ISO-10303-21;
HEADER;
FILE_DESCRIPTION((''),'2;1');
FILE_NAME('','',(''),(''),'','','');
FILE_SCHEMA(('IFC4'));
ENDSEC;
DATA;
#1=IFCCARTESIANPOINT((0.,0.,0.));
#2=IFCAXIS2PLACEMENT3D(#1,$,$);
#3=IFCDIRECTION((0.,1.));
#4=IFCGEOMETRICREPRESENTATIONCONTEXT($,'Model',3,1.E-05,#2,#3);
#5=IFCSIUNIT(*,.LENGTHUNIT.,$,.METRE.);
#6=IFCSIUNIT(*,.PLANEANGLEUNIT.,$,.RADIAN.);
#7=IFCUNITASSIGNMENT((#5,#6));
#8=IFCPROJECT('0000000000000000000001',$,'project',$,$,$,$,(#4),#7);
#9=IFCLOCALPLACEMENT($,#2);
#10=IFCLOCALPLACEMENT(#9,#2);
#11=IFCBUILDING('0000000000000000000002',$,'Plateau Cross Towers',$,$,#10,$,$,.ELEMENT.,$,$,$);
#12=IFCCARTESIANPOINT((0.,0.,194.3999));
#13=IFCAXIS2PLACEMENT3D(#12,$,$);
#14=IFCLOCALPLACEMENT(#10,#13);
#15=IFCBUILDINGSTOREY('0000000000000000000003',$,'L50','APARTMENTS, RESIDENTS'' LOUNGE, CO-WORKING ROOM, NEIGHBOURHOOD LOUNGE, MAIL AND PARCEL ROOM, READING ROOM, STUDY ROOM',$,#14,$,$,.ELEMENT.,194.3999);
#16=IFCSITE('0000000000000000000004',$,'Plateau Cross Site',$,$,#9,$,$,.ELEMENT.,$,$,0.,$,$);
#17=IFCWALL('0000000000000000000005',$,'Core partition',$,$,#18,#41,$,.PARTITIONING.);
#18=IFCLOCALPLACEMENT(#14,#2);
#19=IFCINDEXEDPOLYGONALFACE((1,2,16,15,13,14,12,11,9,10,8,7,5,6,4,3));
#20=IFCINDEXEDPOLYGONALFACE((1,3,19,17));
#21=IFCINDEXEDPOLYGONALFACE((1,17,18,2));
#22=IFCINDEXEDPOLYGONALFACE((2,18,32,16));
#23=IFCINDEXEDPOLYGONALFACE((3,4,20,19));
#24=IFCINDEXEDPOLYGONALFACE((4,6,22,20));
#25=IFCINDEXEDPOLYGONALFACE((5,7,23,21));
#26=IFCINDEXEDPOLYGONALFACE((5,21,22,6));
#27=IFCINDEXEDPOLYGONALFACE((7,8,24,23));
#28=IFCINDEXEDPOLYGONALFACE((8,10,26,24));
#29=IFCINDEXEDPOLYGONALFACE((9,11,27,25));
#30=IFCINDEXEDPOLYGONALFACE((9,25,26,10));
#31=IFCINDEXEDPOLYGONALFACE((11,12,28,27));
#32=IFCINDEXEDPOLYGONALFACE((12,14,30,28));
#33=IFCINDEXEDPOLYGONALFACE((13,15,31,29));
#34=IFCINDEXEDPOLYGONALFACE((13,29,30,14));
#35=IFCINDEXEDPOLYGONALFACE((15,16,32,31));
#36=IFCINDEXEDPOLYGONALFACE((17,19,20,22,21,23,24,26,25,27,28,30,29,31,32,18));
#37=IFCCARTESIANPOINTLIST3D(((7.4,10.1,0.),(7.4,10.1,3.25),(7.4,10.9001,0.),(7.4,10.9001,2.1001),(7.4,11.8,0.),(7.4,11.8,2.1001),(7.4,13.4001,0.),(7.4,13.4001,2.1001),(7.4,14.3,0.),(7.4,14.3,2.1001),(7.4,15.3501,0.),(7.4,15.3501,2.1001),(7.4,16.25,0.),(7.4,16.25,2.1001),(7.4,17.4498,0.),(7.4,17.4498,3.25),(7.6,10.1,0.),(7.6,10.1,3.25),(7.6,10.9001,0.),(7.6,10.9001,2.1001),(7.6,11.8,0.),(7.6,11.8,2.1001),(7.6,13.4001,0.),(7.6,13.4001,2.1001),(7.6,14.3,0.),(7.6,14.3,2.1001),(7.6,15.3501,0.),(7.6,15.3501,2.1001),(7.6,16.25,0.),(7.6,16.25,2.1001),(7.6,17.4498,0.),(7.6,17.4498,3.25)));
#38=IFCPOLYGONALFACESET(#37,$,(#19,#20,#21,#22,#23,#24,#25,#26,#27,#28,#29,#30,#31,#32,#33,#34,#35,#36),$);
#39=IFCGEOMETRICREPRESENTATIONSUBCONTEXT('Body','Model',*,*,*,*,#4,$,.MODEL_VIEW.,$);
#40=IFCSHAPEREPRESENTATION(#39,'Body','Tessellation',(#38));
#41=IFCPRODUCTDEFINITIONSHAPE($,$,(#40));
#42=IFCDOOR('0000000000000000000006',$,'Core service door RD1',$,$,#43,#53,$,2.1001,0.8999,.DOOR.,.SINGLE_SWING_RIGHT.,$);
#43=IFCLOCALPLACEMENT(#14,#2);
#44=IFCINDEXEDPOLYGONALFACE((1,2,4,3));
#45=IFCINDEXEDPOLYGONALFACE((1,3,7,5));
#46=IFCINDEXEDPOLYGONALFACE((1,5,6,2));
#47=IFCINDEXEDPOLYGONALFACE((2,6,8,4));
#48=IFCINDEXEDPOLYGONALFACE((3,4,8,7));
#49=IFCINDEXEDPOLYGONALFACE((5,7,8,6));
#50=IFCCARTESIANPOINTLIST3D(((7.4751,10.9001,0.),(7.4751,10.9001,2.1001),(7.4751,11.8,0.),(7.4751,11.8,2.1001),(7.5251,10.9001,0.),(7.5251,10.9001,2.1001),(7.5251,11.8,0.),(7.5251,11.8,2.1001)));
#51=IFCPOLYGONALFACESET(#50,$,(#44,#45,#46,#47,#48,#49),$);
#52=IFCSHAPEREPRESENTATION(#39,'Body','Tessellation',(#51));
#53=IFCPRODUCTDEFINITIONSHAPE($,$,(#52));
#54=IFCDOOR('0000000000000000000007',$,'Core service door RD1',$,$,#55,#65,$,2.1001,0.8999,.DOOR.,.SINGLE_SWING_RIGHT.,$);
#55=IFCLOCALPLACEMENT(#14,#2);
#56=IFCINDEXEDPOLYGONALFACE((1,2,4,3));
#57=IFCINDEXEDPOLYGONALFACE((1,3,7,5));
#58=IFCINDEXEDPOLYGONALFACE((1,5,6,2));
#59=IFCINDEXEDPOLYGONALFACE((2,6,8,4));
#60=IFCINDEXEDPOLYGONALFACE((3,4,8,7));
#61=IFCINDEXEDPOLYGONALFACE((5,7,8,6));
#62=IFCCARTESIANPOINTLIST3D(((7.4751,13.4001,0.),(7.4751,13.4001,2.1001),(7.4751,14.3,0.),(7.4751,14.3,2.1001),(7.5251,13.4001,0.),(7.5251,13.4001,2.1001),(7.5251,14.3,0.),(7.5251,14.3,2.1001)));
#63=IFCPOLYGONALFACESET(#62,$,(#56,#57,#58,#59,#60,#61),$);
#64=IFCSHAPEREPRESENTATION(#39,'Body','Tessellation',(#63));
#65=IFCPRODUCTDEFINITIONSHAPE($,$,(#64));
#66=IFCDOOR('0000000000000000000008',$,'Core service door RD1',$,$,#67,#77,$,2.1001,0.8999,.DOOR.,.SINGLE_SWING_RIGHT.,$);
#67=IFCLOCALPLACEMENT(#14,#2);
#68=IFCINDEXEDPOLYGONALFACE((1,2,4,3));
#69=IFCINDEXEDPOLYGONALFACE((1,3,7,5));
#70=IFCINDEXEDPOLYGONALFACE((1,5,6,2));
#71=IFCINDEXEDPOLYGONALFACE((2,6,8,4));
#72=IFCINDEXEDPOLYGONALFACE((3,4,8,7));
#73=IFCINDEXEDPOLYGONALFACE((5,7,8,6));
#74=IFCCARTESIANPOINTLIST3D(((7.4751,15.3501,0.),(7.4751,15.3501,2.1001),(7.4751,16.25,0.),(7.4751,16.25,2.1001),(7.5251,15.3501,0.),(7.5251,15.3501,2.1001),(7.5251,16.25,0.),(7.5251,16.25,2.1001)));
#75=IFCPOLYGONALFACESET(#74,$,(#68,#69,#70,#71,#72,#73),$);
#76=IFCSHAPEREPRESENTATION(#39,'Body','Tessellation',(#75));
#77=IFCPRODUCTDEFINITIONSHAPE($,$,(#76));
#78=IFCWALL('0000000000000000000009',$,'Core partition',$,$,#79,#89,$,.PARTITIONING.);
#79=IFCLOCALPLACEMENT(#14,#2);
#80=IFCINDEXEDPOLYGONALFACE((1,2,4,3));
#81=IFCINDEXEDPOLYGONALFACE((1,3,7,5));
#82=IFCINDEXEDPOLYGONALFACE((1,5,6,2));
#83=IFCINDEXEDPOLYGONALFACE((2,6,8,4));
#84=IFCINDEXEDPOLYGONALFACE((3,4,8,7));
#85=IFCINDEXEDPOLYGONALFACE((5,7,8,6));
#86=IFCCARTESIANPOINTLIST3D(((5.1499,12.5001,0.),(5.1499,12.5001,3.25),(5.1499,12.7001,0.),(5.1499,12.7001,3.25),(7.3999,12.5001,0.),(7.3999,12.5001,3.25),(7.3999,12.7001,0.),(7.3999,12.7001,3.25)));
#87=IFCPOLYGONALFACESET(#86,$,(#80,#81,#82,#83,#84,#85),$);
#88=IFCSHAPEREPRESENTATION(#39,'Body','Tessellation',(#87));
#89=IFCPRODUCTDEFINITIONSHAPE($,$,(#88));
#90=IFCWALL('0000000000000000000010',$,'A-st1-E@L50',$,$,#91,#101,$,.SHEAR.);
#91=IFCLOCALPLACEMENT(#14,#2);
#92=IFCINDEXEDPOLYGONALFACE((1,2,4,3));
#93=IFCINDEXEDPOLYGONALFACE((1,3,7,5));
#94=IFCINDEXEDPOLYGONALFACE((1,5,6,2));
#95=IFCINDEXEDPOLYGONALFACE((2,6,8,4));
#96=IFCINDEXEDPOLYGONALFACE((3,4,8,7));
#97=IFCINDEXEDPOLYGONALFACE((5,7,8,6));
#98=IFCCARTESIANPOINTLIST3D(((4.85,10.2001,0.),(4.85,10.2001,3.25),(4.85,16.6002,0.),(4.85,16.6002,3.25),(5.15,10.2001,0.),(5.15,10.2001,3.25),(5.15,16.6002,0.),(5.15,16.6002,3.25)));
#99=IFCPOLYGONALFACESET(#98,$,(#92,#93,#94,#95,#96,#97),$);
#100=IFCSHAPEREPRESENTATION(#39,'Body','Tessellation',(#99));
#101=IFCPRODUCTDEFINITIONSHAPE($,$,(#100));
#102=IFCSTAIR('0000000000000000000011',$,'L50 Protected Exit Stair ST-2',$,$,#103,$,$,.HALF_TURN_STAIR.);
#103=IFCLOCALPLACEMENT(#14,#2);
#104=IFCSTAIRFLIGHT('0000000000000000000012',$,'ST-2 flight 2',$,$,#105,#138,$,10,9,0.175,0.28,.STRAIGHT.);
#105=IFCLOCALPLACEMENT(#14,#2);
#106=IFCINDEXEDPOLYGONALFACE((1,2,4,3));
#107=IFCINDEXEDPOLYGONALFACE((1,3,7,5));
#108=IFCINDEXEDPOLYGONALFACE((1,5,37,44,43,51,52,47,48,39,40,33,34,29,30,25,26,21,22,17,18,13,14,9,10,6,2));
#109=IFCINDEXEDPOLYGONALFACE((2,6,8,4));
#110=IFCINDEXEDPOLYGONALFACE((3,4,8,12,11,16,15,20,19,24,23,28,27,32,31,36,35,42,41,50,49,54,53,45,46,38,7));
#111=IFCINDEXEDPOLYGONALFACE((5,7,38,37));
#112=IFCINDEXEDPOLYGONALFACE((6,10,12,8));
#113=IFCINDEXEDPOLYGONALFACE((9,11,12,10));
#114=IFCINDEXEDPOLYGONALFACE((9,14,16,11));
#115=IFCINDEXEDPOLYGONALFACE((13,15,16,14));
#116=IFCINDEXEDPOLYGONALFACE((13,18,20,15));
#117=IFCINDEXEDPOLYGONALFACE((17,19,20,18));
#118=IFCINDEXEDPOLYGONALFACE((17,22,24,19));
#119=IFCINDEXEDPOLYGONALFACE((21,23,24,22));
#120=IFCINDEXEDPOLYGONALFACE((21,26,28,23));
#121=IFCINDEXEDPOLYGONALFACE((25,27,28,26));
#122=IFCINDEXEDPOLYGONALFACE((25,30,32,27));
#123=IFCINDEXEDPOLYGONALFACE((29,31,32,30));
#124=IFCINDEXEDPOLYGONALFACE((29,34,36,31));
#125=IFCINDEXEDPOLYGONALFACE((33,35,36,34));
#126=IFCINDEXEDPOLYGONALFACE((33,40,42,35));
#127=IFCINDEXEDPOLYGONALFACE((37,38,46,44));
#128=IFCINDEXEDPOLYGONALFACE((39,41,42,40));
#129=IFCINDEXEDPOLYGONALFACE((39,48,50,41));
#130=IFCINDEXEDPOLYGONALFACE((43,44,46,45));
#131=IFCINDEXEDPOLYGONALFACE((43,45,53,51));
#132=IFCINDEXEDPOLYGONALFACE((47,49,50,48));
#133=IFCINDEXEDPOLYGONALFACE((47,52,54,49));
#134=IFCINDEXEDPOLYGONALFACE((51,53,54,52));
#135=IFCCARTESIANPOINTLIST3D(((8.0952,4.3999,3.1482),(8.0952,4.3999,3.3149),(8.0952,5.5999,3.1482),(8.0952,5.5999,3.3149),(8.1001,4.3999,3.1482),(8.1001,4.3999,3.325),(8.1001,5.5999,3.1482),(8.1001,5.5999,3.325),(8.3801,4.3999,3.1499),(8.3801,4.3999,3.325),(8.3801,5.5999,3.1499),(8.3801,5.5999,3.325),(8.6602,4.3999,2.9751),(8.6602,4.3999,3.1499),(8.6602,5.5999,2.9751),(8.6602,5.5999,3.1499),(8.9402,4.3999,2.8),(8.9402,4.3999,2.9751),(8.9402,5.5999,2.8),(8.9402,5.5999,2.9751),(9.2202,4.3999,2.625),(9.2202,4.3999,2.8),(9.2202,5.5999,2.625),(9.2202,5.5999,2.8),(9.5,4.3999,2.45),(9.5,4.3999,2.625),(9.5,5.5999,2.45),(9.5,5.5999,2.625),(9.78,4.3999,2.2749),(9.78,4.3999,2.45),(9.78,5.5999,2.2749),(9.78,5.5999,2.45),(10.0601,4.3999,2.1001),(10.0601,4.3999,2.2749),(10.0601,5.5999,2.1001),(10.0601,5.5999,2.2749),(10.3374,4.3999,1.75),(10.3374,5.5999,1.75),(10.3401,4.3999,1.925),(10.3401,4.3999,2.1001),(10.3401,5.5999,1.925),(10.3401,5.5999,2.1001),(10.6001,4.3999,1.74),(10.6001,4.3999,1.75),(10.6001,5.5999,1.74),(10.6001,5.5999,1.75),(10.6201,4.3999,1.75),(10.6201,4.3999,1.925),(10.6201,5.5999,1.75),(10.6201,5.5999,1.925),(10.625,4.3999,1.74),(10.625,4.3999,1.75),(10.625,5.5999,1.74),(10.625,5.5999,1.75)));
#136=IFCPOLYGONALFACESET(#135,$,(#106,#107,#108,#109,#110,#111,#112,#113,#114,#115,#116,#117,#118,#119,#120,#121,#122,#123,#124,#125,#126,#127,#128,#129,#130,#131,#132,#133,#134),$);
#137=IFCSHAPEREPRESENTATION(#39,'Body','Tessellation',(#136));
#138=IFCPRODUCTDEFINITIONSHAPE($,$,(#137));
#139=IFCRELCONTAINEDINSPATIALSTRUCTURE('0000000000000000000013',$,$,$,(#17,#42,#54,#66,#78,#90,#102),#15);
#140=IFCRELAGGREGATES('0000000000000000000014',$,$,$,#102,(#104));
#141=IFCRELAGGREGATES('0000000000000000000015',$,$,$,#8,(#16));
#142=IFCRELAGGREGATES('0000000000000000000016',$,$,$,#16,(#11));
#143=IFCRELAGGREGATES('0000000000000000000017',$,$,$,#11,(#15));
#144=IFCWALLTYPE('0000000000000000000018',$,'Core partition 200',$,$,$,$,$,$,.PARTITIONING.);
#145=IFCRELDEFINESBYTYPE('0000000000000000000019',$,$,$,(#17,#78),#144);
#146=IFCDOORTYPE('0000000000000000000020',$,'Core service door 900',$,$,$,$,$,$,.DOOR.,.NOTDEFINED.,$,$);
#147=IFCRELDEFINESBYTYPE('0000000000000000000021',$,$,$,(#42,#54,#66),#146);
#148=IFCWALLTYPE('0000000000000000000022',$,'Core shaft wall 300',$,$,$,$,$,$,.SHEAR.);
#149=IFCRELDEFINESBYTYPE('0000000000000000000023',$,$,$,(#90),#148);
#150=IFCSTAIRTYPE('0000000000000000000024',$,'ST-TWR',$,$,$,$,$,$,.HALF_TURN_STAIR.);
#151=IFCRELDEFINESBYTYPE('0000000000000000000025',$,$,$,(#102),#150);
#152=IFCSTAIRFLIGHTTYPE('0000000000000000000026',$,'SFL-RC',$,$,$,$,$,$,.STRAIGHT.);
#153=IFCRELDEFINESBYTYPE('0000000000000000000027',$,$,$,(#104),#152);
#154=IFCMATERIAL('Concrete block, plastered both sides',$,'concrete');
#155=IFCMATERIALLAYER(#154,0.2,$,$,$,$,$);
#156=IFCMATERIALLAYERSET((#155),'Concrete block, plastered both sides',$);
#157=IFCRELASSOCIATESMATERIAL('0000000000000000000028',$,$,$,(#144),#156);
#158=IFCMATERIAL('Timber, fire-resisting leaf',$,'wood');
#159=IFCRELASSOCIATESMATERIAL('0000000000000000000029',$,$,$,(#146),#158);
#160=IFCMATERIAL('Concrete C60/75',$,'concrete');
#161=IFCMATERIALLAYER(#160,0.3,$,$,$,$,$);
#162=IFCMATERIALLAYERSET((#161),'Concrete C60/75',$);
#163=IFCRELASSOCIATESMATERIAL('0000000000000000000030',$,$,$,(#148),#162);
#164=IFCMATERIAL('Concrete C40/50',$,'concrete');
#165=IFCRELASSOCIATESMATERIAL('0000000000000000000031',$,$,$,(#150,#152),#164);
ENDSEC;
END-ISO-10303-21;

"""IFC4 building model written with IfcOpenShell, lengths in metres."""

from ifc_helpers import new_model, si_unit, direction, frame, frame_2d, origin, place, context, subcontext, project, spatial, polyline, rectangle, outline, extrude, material, layer, layer_set, type_object, element, fill, aggregate, save


model = new_model("IFC4")

# Units and contexts
model_context = context("Model", 3, precision=1e-05, world=origin(), true_north=direction((0.0, 1.0)))
body_context = subcontext(model_context, "Body", "Model", "MODEL_VIEW")
ifc_project = project(units=[si_unit("LENGTHUNIT", "METRE"), si_unit("PLANEANGLEUNIT", "RADIAN")], contexts=[model_context])

# Site, building, storey
site_placement = place(None, origin())
site = spatial("IfcSite", under=ifc_project, at=site_placement, Name="Plateau Cross Site", CompositionType="ELEMENT", RefElevation=0.0)
building_placement = place(site_placement, origin())
building = spatial("IfcBuilding", under=site, at=building_placement, Name="Plateau Cross Towers", CompositionType="ELEMENT")
storey_placement = place(building_placement, frame((0.0, 0.0, 194.3999)))
storey = spatial("IfcBuildingStorey", under=building, at=storey_placement, Name="L50", Description="APARTMENTS, RESIDENTS' LOUNGE, CO-WORKING ROOM, NEIGHBOURHOOD LOUNGE, MAIL AND PARCEL ROOM, READING ROOM, STUDY ROOM", CompositionType="ELEMENT", Elevation=194.3999)

# Shared definitions
ifc_material_1 = material(Name="Concrete block, plastered both sides", Category="concrete")
ifc_layer_1 = layer(ifc_material_1, 0.2)
ifc_layer_set_1 = layer_set([ifc_layer_1], Name="Concrete block, plastered both sides")
wall_type_1 = type_object("IfcWallType", Name="Core partition 200", PredefinedType="PARTITIONING", material=ifc_layer_set_1)

# Wall, openings, doors
ifc_material_2 = material(Name="Timber, fire-resisting leaf", Category="wood")
door_type_1 = type_object("IfcDoorType", Name="Core service door 900", OperationType="NOTDEFINED", PredefinedType="DOOR", material=ifc_material_2)
wall_1_placement = place(storey_placement, frame((7.5, 10.1001, 0.0), z_axis=(0.0, 0.0, 1.0), x_axis=(0.0, 1.0, 0.0)))
wall_1 = element("IfcWall", 1, at=wall_1_placement, inside=storey, type_object=wall_type_1, Name="Core partition", PredefinedType="PARTITIONING", context=body_context, shape_type="SweptSolid", body=[
    extrude(rectangle(XDim=7.3499, YDim=0.2, at=frame_2d((3.6748, 0.0))), origin(), (0.0, 0.0, 1.0), 3.25),
])
opening_1_placement = place(wall_1_placement, frame((0.8, 0.0, 0.0)))
opening_1 = element("IfcOpeningElement", 2, at=opening_1_placement, cuts=wall_1, PredefinedType="OPENING", context=body_context, shape_type="SweptSolid", body=[
    extrude(rectangle(XDim=0.8999, YDim=2.1001, at=frame_2d((0.45, 1.05))), frame((0.0, 0.1099, 0.0), z_axis=(0.0, -1.0, 0.0), x_axis=(1.0, 0.0, 0.0)), (0.0, 0.0, 1.0), 0.22),
])
opening_2_placement = place(wall_1_placement, frame((3.3, 0.0, 0.0)))
opening_2 = element("IfcOpeningElement", 3, at=opening_2_placement, cuts=wall_1, PredefinedType="OPENING", context=body_context, shape_type="SweptSolid", body=[
    extrude(rectangle(XDim=0.8999, YDim=2.1001, at=frame_2d((0.45, 1.05))), frame((0.0, 0.1099, 0.0), z_axis=(0.0, -1.0, 0.0), x_axis=(1.0, 0.0, 0.0)), (0.0, 0.0, 1.0), 0.22),
])
opening_3_placement = place(wall_1_placement, frame((5.25, 0.0, 0.0)))
opening_3 = element("IfcOpeningElement", 4, at=opening_3_placement, cuts=wall_1, PredefinedType="OPENING", context=body_context, shape_type="SweptSolid", body=[
    extrude(rectangle(XDim=0.8999, YDim=2.1001, at=frame_2d((0.45, 1.05))), frame((0.0, 0.1099, 0.0), z_axis=(0.0, -1.0, 0.0), x_axis=(1.0, 0.0, 0.0)), (0.0, 0.0, 1.0), 0.22),
])
door_1_placement = place(opening_1_placement, origin())
door_1 = element("IfcDoor", 5, at=door_1_placement, inside=storey, type_object=door_type_1, Name="Core service door RD1", OperationType="SINGLE_SWING_RIGHT", OverallHeight=2.1001, OverallWidth=0.8999, PredefinedType="DOOR", context=body_context, shape_type="SweptSolid", body=[
    extrude(rectangle(XDim=0.8999, YDim=2.1001, at=frame_2d((0.45, 1.05))), frame((0.0, 0.0249, 0.0), z_axis=(0.0, -1.0, 0.0), x_axis=(1.0, 0.0, 0.0)), (0.0, 0.0, 1.0), 0.05),
])
fill(opening_1, door_1)
door_2_placement = place(opening_2_placement, origin())
door_2 = element("IfcDoor", 6, at=door_2_placement, inside=storey, type_object=door_type_1, Name="Core service door RD1", OperationType="SINGLE_SWING_RIGHT", OverallHeight=2.1001, OverallWidth=0.8999, PredefinedType="DOOR", context=body_context, shape_type="SweptSolid", body=[
    extrude(rectangle(XDim=0.8999, YDim=2.1001, at=frame_2d((0.45, 1.05))), frame((0.0, 0.0249, 0.0), z_axis=(0.0, -1.0, 0.0), x_axis=(1.0, 0.0, 0.0)), (0.0, 0.0, 1.0), 0.05),
])
fill(opening_2, door_2)
door_3_placement = place(opening_3_placement, origin())
door_3 = element("IfcDoor", 7, at=door_3_placement, inside=storey, type_object=door_type_1, Name="Core service door RD1", OperationType="SINGLE_SWING_RIGHT", OverallHeight=2.1001, OverallWidth=0.8999, PredefinedType="DOOR", context=body_context, shape_type="SweptSolid", body=[
    extrude(rectangle(XDim=0.8999, YDim=2.1001, at=frame_2d((0.45, 1.05))), frame((0.0, 0.0249, 0.0), z_axis=(0.0, -1.0, 0.0), x_axis=(1.0, 0.0, 0.0)), (0.0, 0.0, 1.0), 0.05),
])
fill(opening_3, door_3)

# Walls
wall_2_placement = place(storey_placement, frame((5.1499, 12.6001, 0.0), z_axis=(0.0, 0.0, 1.0), x_axis=(1.0, 0.0, 0.0)))
element("IfcWall", 8, at=wall_2_placement, inside=storey, type_object=wall_type_1, Name="Core partition", PredefinedType="PARTITIONING", context=body_context, shape_type="SweptSolid", body=[
    extrude(rectangle(XDim=2.25, YDim=0.2, at=frame_2d((1.125, 0.0))), origin(), (0.0, 0.0, 1.0), 3.25),
])
ifc_material_3 = material(Name="Concrete C60/75", Category="concrete")
ifc_layer_2 = layer(ifc_material_3, 0.3)
ifc_layer_set_2 = layer_set([ifc_layer_2], Name="Concrete C60/75")
wall_type_2 = type_object("IfcWallType", Name="Core shaft wall 300", PredefinedType="SHEAR", material=ifc_layer_set_2)
wall_3_placement = place(storey_placement, frame((5.0, 10.2, 0.0), z_axis=(0.0, 0.0, 1.0), x_axis=(0.0, 1.0, 0.0)))
element("IfcWall", 9, at=wall_3_placement, inside=storey, type_object=wall_type_2, Name="A-st1-E@L50", PredefinedType="SHEAR", context=body_context, shape_type="SweptSolid", body=[
    extrude(rectangle(XDim=6.4001, YDim=0.3, at=frame_2d((3.2002, 0.0))), origin(), (0.0, 0.0, 1.0), 3.25),
])

# Stair, stair flight
ifc_material_4 = material(Name="Concrete C40/50", Category="concrete")
stair_type = type_object("IfcStairType", Name="ST-TWR", PredefinedType="HALF_TURN_STAIR", material=ifc_material_4)
stair_placement = place(storey_placement, origin())
stair = element("IfcStair", 10, at=stair_placement, inside=storey, type_object=stair_type, Name="L50 Protected Exit Stair ST-2", PredefinedType="HALF_TURN_STAIR")
stair_flight_type = type_object("IfcStairFlightType", Name="SFL-RC", PredefinedType="STRAIGHT", material=ifc_material_4)
stair_flight_placement = place(storey_placement, frame((10.6201, 5.0, 1.75), z_axis=(0.0, 0.0, 1.0), x_axis=(-1.0, 0.0, 0.0)))
stair_flight = element("IfcStairFlight", 11, at=stair_flight_placement, type_object=stair_flight_type, Name="ST-2 flight 2", NumberOfRisers=10, NumberOfTreads=9, PredefinedType="STRAIGHT", RiserHeight=0.175, TreadLength=0.28, context=body_context, shape_type="SweptSolid", body=[
    extrude(outline(polyline([(-0.0049, -0.01), (-0.0049, 0.0), (0.0, 0.0), (0.0, 0.175), (0.28, 0.175), (0.28, 0.3501), (0.5601, 0.3501), (0.5601, 0.5249), (0.8401, 0.5249), (0.8401, 0.7), (1.1201, 0.7), (1.1201, 0.875), (1.3999, 0.875), (1.3999, 1.05), (1.6799, 1.05), (1.6799, 1.2251), (1.96, 1.2251), (1.96, 1.3999), (2.24, 1.3999), (2.24, 1.575), (2.52, 1.575), (2.5249, 1.5649), (2.5249, 1.3982), (2.52, 1.3982), (0.2827, 0.0), (0.02, 0.0), (0.02, -0.01), (-0.0049, -0.01)])), frame((0.0, 0.6001, 0.0), z_axis=(0.0, -1.0, 0.0), x_axis=(1.0, 0.0, 0.0)), (0.0, 0.0, 1.0), 1.2),
])
aggregate(stair, [stair_flight])

save(model, "model.ifc")
